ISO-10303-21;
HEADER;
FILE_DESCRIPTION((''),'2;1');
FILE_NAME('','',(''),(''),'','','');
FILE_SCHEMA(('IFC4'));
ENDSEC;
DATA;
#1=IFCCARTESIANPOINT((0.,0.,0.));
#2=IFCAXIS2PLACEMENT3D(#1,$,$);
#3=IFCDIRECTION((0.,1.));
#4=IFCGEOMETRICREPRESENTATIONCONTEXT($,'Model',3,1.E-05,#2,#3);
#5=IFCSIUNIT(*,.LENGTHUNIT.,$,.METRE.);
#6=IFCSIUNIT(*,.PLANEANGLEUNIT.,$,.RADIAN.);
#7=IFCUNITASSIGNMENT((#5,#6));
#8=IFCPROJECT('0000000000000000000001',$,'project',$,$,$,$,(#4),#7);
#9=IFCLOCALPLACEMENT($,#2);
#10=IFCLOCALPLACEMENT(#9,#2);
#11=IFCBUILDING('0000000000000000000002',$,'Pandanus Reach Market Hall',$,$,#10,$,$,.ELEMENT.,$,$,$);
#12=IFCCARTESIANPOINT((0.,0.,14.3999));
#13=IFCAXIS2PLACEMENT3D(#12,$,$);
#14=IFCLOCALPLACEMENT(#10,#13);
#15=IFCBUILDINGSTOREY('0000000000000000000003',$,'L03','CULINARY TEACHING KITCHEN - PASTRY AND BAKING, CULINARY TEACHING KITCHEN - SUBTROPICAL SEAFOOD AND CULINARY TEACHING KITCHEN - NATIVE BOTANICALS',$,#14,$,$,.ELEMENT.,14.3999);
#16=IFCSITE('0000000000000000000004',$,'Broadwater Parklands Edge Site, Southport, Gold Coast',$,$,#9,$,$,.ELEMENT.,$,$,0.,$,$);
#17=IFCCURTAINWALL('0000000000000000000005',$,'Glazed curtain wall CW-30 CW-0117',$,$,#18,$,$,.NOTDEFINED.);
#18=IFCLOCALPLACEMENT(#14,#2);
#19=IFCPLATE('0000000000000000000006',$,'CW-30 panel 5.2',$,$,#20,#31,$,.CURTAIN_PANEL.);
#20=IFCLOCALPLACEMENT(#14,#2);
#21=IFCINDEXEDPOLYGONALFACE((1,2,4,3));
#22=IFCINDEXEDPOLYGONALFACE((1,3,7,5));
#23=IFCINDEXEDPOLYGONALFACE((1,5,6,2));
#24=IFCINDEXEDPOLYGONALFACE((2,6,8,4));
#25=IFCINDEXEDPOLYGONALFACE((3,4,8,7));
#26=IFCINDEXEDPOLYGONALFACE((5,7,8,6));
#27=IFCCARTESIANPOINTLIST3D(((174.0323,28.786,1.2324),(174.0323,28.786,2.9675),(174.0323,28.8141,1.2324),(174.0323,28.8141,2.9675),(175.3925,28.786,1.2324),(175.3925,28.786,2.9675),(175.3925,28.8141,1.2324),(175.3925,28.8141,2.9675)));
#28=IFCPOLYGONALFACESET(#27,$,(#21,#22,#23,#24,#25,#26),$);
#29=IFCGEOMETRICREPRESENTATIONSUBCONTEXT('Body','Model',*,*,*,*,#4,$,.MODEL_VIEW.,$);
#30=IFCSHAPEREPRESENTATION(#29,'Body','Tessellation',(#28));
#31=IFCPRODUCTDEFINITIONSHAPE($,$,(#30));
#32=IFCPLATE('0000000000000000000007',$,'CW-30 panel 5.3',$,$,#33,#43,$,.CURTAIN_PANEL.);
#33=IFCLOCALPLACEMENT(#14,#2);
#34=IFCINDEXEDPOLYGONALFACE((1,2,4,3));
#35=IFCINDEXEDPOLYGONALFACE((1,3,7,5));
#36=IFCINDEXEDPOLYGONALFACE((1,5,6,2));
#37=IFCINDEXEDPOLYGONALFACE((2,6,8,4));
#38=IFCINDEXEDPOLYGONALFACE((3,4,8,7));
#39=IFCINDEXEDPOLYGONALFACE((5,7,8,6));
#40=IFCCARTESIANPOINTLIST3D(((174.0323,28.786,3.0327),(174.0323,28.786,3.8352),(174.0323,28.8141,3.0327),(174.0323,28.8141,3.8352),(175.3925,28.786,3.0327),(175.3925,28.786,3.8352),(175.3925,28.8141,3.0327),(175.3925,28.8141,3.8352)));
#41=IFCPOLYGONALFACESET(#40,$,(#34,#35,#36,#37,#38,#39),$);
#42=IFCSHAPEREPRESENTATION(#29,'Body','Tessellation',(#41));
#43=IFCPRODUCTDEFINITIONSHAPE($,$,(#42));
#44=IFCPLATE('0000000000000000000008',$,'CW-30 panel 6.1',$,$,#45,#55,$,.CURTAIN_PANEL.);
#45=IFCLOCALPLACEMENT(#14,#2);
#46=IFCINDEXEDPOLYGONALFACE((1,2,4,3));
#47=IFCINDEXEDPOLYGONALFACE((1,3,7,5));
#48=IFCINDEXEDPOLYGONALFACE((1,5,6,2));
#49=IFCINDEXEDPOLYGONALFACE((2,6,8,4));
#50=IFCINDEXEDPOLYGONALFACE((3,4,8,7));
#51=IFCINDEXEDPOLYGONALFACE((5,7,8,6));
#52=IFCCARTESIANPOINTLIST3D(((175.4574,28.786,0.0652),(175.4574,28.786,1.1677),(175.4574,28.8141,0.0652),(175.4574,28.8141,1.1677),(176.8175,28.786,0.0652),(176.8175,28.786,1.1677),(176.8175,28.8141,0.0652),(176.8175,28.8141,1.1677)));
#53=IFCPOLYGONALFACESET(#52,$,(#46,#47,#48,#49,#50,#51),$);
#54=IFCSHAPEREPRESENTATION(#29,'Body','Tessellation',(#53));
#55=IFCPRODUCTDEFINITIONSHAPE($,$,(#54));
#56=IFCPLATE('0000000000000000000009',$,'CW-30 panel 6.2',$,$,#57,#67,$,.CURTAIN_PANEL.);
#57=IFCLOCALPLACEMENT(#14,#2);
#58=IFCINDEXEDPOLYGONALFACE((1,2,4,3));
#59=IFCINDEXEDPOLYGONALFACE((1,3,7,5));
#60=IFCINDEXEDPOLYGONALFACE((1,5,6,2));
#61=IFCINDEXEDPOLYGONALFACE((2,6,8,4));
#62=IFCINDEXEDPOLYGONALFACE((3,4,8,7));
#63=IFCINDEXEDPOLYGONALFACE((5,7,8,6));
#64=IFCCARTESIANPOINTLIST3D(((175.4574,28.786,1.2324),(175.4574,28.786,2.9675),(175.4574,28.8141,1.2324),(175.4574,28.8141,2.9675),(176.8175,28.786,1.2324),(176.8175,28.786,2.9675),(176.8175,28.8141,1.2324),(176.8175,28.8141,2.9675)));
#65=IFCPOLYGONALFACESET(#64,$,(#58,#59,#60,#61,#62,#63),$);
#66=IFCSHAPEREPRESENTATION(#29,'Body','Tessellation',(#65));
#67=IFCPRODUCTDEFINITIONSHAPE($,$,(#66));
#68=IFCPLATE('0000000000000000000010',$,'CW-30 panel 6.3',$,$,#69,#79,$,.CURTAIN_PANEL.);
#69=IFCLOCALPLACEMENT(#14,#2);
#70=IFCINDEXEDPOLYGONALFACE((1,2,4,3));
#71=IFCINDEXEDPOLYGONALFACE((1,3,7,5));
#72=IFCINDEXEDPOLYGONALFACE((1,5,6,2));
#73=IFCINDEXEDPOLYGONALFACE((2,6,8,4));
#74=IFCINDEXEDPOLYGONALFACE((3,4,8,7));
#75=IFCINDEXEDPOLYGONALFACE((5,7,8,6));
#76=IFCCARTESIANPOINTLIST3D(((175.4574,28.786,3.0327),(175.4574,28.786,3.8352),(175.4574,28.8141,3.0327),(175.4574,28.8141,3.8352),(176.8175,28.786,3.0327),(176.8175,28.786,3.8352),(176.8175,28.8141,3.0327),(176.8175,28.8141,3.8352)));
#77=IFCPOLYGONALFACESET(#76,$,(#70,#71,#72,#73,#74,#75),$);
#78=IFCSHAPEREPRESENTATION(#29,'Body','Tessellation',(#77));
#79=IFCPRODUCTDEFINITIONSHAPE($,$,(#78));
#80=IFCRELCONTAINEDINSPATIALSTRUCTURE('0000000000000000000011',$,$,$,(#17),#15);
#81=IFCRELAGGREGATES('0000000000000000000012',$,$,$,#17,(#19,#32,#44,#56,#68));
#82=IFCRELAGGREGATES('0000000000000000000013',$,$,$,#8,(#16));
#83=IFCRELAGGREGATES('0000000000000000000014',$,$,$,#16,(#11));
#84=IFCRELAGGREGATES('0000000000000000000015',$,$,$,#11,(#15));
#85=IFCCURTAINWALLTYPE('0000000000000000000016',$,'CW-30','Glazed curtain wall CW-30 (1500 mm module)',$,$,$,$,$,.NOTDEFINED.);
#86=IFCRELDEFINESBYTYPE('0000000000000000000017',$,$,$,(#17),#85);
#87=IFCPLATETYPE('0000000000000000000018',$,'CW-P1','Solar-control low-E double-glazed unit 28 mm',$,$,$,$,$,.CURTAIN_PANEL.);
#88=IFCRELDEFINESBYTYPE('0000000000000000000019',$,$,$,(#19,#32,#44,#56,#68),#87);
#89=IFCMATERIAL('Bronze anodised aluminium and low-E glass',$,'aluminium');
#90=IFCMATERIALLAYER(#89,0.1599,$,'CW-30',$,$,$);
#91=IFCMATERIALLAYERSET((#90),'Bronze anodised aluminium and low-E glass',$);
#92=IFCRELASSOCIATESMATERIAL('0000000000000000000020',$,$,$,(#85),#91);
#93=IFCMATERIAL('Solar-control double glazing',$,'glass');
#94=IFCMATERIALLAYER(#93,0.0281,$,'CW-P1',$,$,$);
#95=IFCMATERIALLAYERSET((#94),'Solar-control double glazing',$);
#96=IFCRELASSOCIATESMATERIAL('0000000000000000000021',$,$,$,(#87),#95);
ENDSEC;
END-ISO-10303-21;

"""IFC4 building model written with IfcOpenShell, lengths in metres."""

from ifc_helpers import new_model, si_unit, direction, frame, origin, origin_2d, place, context, subcontext, project, spatial, rectangle, extrude, material, layer, layer_set, type_object, element, aggregate, save


model = new_model("IFC4")

# Units and contexts
model_context = context("Model", 3, precision=1e-05, world=origin(), true_north=direction((0.0, 1.0)))
body_context = subcontext(model_context, "Body", "Model", "MODEL_VIEW")
ifc_project = project(units=[si_unit("LENGTHUNIT", "METRE"), si_unit("PLANEANGLEUNIT", "RADIAN")], contexts=[model_context])

# Site, building, storey
site_placement = place(None, origin())
site = spatial("IfcSite", under=ifc_project, at=site_placement, Name="Broadwater Parklands Edge Site, Southport, Gold Coast", CompositionType="ELEMENT", RefElevation=0.0)
building_placement = place(site_placement, origin())
building = spatial("IfcBuilding", under=site, at=building_placement, Name="Pandanus Reach Market Hall", CompositionType="ELEMENT")
storey_placement = place(building_placement, frame((0.0, 0.0, 14.3999)))
storey = spatial("IfcBuildingStorey", under=building, at=storey_placement, Name="L03", Description="CULINARY TEACHING KITCHEN - PASTRY AND BAKING, CULINARY TEACHING KITCHEN - SUBTROPICAL SEAFOOD AND CULINARY TEACHING KITCHEN - NATIVE BOTANICALS", CompositionType="ELEMENT", Elevation=14.3999)

# Curtain wall, plates
ifc_material_1 = material(Name="Bronze anodised aluminium and low-E glass", Category="aluminium")
ifc_layer_1 = layer(ifc_material_1, 0.1599, Name="CW-30")
ifc_layer_set_1 = layer_set([ifc_layer_1], Name="Bronze anodised aluminium and low-E glass")
curtain_wall_type = type_object("IfcCurtainWallType", Name="CW-30", Description="Glazed curtain wall CW-30 (1500 mm module)", PredefinedType="NOTDEFINED", material=ifc_layer_set_1)
curtain_wall_placement = place(storey_placement, origin())
curtain_wall = element("IfcCurtainWall", 1, at=curtain_wall_placement, inside=storey, type_object=curtain_wall_type, Name="Glazed curtain wall CW-30 CW-0117", PredefinedType="NOTDEFINED")
ifc_material_2 = material(Name="Solar-control double glazing", Category="glass")
ifc_layer_2 = layer(ifc_material_2, 0.0281, Name="CW-P1")
ifc_layer_set_2 = layer_set([ifc_layer_2], Name="Solar-control double glazing")
plate_type = type_object("IfcPlateType", Name="CW-P1", Description="Solar-control low-E double-glazed unit 28 mm", PredefinedType="CURTAIN_PANEL", material=ifc_layer_set_2)
plate_1_placement = place(storey_placement, frame((174.7124, 28.8, 1.2324), z_axis=(0.0, 0.0, 1.0), x_axis=(1.0, 0.0, 0.0)))
plate_1 = element("IfcPlate", 2, at=plate_1_placement, type_object=plate_type, Name="CW-30 panel 5.2", PredefinedType="CURTAIN_PANEL", context=body_context, shape_type="SweptSolid", body=[
    extrude(rectangle(XDim=1.3601, YDim=0.0281, at=origin_2d()), origin(), (0.0, 0.0, 1.0), 1.7351),
])
plate_2_placement = place(storey_placement, frame((174.7124, 28.8, 3.0327), z_axis=(0.0, 0.0, 1.0), x_axis=(1.0, 0.0, 0.0)))
plate_2 = element("IfcPlate", 3, at=plate_2_placement, type_object=plate_type, Name="CW-30 panel 5.3", PredefinedType="CURTAIN_PANEL", context=body_context, shape_type="SweptSolid", body=[
    extrude(rectangle(XDim=1.3601, YDim=0.0281, at=origin_2d()), origin(), (0.0, 0.0, 1.0), 0.8025),
])
plate_3_placement = place(storey_placement, frame((176.1375, 28.8, 0.0652), z_axis=(0.0, 0.0, 1.0), x_axis=(1.0, 0.0, 0.0)))
plate_3 = element("IfcPlate", 4, at=plate_3_placement, type_object=plate_type, Name="CW-30 panel 6.1", PredefinedType="CURTAIN_PANEL", context=body_context, shape_type="SweptSolid", body=[
    extrude(rectangle(XDim=1.3601, YDim=0.0281, at=origin_2d()), origin(), (0.0, 0.0, 1.0), 1.1025),
])
plate_4_placement = place(storey_placement, frame((176.1375, 28.8, 1.2324), z_axis=(0.0, 0.0, 1.0), x_axis=(1.0, 0.0, 0.0)))
plate_4 = element("IfcPlate", 5, at=plate_4_placement, type_object=plate_type, Name="CW-30 panel 6.2", PredefinedType="CURTAIN_PANEL", context=body_context, shape_type="SweptSolid", body=[
    extrude(rectangle(XDim=1.3601, YDim=0.0281, at=origin_2d()), origin(), (0.0, 0.0, 1.0), 1.7351),
])
plate_5_placement = place(storey_placement, frame((176.1375, 28.8, 3.0327), z_axis=(0.0, 0.0, 1.0), x_axis=(1.0, 0.0, 0.0)))
plate_5 = element("IfcPlate", 6, at=plate_5_placement, type_object=plate_type, Name="CW-30 panel 6.3", PredefinedType="CURTAIN_PANEL", context=body_context, shape_type="SweptSolid", body=[
    extrude(rectangle(XDim=1.3601, YDim=0.0281, at=origin_2d()), origin(), (0.0, 0.0, 1.0), 0.8025),
])
aggregate(curtain_wall, [plate_1, plate_2, plate_3, plate_4, plate_5])

save(model, "model.ifc")
